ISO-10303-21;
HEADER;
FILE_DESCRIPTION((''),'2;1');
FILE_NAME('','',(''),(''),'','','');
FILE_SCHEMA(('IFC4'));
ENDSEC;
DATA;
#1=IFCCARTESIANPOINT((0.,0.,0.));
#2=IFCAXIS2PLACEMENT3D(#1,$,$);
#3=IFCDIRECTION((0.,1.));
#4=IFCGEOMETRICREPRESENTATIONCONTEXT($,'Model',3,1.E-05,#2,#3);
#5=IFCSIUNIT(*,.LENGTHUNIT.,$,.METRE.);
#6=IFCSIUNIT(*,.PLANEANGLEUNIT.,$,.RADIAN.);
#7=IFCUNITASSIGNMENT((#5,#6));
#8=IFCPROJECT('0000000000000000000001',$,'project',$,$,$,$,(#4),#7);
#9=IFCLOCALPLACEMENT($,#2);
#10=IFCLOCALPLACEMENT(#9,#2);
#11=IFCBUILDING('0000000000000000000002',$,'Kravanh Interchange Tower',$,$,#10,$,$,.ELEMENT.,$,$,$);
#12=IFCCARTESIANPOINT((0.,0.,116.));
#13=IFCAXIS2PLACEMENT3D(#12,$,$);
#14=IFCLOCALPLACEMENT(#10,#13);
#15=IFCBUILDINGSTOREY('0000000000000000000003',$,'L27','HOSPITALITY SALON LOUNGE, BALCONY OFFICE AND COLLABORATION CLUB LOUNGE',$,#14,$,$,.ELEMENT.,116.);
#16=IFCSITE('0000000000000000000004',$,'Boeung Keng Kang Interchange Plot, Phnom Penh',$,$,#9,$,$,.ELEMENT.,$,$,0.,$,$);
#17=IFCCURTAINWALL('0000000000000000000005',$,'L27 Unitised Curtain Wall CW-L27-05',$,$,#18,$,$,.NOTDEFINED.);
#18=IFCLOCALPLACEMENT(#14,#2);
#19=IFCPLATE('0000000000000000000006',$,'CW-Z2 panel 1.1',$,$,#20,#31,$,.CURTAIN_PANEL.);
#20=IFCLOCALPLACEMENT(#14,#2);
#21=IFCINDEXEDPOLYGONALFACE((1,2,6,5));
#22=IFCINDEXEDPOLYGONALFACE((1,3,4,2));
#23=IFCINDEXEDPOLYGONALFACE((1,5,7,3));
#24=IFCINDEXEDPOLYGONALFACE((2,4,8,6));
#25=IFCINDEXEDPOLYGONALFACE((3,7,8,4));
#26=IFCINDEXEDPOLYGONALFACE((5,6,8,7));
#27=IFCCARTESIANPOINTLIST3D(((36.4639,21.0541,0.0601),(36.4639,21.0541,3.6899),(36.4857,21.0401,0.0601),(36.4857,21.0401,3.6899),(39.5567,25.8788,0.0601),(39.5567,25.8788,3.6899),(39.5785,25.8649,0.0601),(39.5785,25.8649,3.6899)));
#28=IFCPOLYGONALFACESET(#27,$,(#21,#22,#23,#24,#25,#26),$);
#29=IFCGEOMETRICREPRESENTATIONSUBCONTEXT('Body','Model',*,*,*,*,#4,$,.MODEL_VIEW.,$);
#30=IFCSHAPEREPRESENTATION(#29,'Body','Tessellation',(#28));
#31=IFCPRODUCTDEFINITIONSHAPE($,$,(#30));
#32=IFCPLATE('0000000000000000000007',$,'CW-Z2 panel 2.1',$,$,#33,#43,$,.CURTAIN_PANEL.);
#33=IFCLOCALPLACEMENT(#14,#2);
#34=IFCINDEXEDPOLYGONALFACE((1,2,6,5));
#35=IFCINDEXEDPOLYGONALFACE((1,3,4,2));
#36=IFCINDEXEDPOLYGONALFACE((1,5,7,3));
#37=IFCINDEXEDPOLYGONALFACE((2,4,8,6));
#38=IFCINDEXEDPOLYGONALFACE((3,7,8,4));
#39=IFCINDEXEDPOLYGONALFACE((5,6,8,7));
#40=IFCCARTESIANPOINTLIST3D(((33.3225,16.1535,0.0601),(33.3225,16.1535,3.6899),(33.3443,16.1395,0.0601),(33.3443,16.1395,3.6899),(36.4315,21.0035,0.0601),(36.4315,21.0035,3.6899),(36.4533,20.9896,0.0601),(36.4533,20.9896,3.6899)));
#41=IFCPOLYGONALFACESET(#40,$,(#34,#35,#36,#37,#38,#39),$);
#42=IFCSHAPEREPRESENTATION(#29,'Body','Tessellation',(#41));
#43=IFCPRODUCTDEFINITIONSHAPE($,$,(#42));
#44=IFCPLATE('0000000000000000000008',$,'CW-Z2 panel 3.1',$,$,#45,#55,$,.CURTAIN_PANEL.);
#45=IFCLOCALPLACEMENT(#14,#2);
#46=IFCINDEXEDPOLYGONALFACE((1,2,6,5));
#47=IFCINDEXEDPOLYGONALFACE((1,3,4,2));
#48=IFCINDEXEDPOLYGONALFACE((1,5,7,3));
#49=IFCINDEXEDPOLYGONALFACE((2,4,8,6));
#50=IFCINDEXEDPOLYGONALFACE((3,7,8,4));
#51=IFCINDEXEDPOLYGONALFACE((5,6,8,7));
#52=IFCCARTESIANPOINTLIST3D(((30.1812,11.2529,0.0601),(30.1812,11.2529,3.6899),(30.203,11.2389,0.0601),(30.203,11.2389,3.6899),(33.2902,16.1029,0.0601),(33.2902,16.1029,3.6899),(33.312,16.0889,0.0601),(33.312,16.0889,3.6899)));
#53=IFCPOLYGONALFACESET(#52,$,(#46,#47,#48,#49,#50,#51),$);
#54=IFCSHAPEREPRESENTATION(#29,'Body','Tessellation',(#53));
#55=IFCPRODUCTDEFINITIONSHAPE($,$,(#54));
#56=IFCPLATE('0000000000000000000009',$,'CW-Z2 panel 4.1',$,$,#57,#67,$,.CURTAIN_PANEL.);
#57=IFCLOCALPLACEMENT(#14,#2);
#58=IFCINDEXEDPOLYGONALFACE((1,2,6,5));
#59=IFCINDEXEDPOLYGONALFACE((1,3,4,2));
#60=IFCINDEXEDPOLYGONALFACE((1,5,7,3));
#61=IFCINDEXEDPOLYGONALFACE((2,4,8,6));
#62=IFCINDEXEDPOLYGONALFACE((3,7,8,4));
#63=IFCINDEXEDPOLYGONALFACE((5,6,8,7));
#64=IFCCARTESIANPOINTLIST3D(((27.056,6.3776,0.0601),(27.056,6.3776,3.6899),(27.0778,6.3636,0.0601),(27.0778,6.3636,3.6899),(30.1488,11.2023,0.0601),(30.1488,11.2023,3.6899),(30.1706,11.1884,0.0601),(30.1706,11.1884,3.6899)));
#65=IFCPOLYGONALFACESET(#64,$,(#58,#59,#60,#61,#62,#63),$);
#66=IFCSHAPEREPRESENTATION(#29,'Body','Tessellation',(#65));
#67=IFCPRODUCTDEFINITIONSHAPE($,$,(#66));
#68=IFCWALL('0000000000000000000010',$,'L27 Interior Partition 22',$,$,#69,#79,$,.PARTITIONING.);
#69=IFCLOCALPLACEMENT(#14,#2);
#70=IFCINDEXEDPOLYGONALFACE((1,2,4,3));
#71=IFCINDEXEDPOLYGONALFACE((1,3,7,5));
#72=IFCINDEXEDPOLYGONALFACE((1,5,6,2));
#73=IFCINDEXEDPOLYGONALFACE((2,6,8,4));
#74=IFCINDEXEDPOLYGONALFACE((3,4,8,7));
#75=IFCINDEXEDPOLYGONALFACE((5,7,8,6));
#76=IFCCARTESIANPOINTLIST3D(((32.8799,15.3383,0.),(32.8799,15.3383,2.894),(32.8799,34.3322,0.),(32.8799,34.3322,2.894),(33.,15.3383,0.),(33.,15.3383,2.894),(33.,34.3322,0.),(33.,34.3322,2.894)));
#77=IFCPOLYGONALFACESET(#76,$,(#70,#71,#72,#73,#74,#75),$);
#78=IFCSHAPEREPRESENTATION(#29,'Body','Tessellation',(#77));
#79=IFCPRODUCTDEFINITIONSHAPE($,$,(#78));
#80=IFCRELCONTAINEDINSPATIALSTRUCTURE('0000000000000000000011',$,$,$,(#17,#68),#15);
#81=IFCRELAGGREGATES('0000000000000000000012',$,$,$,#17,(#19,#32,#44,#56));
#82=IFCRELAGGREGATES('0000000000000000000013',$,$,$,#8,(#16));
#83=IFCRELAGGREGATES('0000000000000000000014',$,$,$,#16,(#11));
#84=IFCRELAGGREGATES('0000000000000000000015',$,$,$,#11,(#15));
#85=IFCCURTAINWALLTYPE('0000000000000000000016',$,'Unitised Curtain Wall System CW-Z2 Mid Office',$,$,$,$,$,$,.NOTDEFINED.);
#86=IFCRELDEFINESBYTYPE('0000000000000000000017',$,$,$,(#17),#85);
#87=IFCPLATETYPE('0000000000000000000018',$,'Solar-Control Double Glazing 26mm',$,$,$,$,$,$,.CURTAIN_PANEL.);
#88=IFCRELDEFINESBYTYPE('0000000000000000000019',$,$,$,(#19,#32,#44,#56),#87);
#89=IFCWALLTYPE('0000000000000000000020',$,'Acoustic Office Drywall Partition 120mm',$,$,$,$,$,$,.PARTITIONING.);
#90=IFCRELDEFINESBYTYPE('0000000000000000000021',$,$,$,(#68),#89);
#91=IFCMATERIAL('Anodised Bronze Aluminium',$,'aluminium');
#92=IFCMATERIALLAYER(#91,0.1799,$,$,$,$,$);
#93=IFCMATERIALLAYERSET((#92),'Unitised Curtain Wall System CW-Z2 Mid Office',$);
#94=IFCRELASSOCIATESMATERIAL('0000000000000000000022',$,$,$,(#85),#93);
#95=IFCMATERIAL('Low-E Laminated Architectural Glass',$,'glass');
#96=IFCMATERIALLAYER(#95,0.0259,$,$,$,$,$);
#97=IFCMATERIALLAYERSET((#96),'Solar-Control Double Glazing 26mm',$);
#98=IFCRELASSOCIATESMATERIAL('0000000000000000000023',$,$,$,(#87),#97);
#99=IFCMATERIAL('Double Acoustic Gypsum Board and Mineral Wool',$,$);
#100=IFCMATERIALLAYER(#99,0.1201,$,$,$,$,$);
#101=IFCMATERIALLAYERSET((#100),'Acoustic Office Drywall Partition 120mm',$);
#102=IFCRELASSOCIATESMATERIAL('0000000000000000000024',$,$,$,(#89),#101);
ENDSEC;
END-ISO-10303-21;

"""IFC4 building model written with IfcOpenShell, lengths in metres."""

from ifc_helpers import new_model, si_unit, direction, frame, frame_2d, origin, origin_2d, place, context, subcontext, project, spatial, rectangle, extrude, material, layer, layer_set, type_object, element, aggregate, save


model = new_model("IFC4")

# Units and contexts
model_context = context("Model", 3, precision=1e-05, world=origin(), true_north=direction((0.0, 1.0)))
body_context = subcontext(model_context, "Body", "Model", "MODEL_VIEW")
ifc_project = project(units=[si_unit("LENGTHUNIT", "METRE"), si_unit("PLANEANGLEUNIT", "RADIAN")], contexts=[model_context])

# Site, building, storey
site_placement = place(None, origin())
site = spatial("IfcSite", under=ifc_project, at=site_placement, Name="Boeung Keng Kang Interchange Plot, Phnom Penh", CompositionType="ELEMENT", RefElevation=0.0)
building_placement = place(site_placement, origin())
building = spatial("IfcBuilding", under=site, at=building_placement, Name="Kravanh Interchange Tower", CompositionType="ELEMENT")
storey_placement = place(building_placement, frame((0.0, 0.0, 116.0)))
storey = spatial("IfcBuildingStorey", under=building, at=storey_placement, Name="L27", Description="HOSPITALITY SALON LOUNGE, BALCONY OFFICE AND COLLABORATION CLUB LOUNGE", CompositionType="ELEMENT", Elevation=116.0)

# Curtain wall
ifc_material_1 = material(Name="Anodised Bronze Aluminium", Category="aluminium")
ifc_layer_1 = layer(ifc_material_1, 0.1799)
ifc_layer_set_1 = layer_set([ifc_layer_1], Name="Unitised Curtain Wall System CW-Z2 Mid Office")
curtain_wall_type = type_object("IfcCurtainWallType", Name="Unitised Curtain Wall System CW-Z2 Mid Office", PredefinedType="NOTDEFINED", material=ifc_layer_set_1)
curtain_wall_1_placement = place(storey_placement, origin())
curtain_wall_1 = element("IfcCurtainWall", 1, at=curtain_wall_1_placement, inside=storey, type_object=curtain_wall_type, Name="L27 Unitised Curtain Wall CW-L27-05", PredefinedType="NOTDEFINED")

# Plates
ifc_material_2 = material(Name="Low-E Laminated Architectural Glass", Category="glass")
ifc_layer_2 = layer(ifc_material_2, 0.0259)
ifc_layer_set_2 = layer_set([ifc_layer_2], Name="Solar-Control Double Glazing 26mm")
plate_type = type_object("IfcPlateType", Name="Solar-Control Double Glazing 26mm", PredefinedType="CURTAIN_PANEL", material=ifc_layer_set_2)
plate_1_placement = place(storey_placement, frame((38.0212, 23.4595, 0.0601), z_axis=(0.0, 0.0, 1.0), x_axis=(-0.539665, -0.84188, 0.0)))
plate_1 = element("IfcPlate", 2, at=plate_1_placement, type_object=plate_type, Name="CW-Z2 panel 1.1", PredefinedType="CURTAIN_PANEL", context=body_context, shape_type="SweptSolid", body=[
    extrude(rectangle(XDim=5.731, YDim=0.0259, at=origin_2d()), origin(), (0.0, 0.0, 1.0), 3.6299),
])
plate_2_placement = place(storey_placement, frame((34.8879, 18.5715, 0.0601), z_axis=(0.0, 0.0, 1.0), x_axis=(-0.539665, -0.84188, 0.0)))
plate_2 = element("IfcPlate", 3, at=plate_2_placement, type_object=plate_type, Name="CW-Z2 panel 2.1", PredefinedType="CURTAIN_PANEL", context=body_context, shape_type="SweptSolid", body=[
    extrude(rectangle(XDim=5.761, YDim=0.0259, at=origin_2d()), origin(), (0.0, 0.0, 1.0), 3.6299),
])
plate_3_placement = place(storey_placement, frame((31.7466, 13.6709, 0.0601), z_axis=(0.0, 0.0, 1.0), x_axis=(-0.539665, -0.84188, 0.0)))
plate_3 = element("IfcPlate", 4, at=plate_3_placement, type_object=plate_type, Name="CW-Z2 panel 3.1", PredefinedType="CURTAIN_PANEL", context=body_context, shape_type="SweptSolid", body=[
    extrude(rectangle(XDim=5.761, YDim=0.0259, at=origin_2d()), origin(), (0.0, 0.0, 1.0), 3.6299),
])
plate_4_placement = place(storey_placement, frame((28.6133, 8.783, 0.0601), z_axis=(0.0, 0.0, 1.0), x_axis=(-0.539665, -0.84188, 0.0)))
plate_4 = element("IfcPlate", 5, at=plate_4_placement, type_object=plate_type, Name="CW-Z2 panel 4.1", PredefinedType="CURTAIN_PANEL", context=body_context, shape_type="SweptSolid", body=[
    extrude(rectangle(XDim=5.731, YDim=0.0259, at=origin_2d()), origin(), (0.0, 0.0, 1.0), 3.6299),
])
aggregate(curtain_wall_1, [plate_1, plate_2, plate_3, plate_4])

# Wall
ifc_material_3 = material(Name="Double Acoustic Gypsum Board and Mineral Wool")
ifc_layer_3 = layer(ifc_material_3, 0.1201)
ifc_layer_set_3 = layer_set([ifc_layer_3], Name="Acoustic Office Drywall Partition 120mm")
wall_type = type_object("IfcWallType", Name="Acoustic Office Drywall Partition 120mm", PredefinedType="PARTITIONING", material=ifc_layer_set_3)
wall_placement = place(storey_placement, frame((32.9399, 15.3381, 0.0), z_axis=(0.0, 0.0, 1.0), x_axis=(0.0, 1.0, 0.0)))
element("IfcWall", 6, at=wall_placement, inside=storey, type_object=wall_type, Name="L27 Interior Partition 22", PredefinedType="PARTITIONING", context=body_context, shape_type="SweptSolid", body=[
    extrude(rectangle(XDim=18.9939, YDim=0.1201, at=frame_2d((9.4971, 0.0))), origin(), (0.0, 0.0, 1.0), 2.894),
])

save(model, "model.ifc")
